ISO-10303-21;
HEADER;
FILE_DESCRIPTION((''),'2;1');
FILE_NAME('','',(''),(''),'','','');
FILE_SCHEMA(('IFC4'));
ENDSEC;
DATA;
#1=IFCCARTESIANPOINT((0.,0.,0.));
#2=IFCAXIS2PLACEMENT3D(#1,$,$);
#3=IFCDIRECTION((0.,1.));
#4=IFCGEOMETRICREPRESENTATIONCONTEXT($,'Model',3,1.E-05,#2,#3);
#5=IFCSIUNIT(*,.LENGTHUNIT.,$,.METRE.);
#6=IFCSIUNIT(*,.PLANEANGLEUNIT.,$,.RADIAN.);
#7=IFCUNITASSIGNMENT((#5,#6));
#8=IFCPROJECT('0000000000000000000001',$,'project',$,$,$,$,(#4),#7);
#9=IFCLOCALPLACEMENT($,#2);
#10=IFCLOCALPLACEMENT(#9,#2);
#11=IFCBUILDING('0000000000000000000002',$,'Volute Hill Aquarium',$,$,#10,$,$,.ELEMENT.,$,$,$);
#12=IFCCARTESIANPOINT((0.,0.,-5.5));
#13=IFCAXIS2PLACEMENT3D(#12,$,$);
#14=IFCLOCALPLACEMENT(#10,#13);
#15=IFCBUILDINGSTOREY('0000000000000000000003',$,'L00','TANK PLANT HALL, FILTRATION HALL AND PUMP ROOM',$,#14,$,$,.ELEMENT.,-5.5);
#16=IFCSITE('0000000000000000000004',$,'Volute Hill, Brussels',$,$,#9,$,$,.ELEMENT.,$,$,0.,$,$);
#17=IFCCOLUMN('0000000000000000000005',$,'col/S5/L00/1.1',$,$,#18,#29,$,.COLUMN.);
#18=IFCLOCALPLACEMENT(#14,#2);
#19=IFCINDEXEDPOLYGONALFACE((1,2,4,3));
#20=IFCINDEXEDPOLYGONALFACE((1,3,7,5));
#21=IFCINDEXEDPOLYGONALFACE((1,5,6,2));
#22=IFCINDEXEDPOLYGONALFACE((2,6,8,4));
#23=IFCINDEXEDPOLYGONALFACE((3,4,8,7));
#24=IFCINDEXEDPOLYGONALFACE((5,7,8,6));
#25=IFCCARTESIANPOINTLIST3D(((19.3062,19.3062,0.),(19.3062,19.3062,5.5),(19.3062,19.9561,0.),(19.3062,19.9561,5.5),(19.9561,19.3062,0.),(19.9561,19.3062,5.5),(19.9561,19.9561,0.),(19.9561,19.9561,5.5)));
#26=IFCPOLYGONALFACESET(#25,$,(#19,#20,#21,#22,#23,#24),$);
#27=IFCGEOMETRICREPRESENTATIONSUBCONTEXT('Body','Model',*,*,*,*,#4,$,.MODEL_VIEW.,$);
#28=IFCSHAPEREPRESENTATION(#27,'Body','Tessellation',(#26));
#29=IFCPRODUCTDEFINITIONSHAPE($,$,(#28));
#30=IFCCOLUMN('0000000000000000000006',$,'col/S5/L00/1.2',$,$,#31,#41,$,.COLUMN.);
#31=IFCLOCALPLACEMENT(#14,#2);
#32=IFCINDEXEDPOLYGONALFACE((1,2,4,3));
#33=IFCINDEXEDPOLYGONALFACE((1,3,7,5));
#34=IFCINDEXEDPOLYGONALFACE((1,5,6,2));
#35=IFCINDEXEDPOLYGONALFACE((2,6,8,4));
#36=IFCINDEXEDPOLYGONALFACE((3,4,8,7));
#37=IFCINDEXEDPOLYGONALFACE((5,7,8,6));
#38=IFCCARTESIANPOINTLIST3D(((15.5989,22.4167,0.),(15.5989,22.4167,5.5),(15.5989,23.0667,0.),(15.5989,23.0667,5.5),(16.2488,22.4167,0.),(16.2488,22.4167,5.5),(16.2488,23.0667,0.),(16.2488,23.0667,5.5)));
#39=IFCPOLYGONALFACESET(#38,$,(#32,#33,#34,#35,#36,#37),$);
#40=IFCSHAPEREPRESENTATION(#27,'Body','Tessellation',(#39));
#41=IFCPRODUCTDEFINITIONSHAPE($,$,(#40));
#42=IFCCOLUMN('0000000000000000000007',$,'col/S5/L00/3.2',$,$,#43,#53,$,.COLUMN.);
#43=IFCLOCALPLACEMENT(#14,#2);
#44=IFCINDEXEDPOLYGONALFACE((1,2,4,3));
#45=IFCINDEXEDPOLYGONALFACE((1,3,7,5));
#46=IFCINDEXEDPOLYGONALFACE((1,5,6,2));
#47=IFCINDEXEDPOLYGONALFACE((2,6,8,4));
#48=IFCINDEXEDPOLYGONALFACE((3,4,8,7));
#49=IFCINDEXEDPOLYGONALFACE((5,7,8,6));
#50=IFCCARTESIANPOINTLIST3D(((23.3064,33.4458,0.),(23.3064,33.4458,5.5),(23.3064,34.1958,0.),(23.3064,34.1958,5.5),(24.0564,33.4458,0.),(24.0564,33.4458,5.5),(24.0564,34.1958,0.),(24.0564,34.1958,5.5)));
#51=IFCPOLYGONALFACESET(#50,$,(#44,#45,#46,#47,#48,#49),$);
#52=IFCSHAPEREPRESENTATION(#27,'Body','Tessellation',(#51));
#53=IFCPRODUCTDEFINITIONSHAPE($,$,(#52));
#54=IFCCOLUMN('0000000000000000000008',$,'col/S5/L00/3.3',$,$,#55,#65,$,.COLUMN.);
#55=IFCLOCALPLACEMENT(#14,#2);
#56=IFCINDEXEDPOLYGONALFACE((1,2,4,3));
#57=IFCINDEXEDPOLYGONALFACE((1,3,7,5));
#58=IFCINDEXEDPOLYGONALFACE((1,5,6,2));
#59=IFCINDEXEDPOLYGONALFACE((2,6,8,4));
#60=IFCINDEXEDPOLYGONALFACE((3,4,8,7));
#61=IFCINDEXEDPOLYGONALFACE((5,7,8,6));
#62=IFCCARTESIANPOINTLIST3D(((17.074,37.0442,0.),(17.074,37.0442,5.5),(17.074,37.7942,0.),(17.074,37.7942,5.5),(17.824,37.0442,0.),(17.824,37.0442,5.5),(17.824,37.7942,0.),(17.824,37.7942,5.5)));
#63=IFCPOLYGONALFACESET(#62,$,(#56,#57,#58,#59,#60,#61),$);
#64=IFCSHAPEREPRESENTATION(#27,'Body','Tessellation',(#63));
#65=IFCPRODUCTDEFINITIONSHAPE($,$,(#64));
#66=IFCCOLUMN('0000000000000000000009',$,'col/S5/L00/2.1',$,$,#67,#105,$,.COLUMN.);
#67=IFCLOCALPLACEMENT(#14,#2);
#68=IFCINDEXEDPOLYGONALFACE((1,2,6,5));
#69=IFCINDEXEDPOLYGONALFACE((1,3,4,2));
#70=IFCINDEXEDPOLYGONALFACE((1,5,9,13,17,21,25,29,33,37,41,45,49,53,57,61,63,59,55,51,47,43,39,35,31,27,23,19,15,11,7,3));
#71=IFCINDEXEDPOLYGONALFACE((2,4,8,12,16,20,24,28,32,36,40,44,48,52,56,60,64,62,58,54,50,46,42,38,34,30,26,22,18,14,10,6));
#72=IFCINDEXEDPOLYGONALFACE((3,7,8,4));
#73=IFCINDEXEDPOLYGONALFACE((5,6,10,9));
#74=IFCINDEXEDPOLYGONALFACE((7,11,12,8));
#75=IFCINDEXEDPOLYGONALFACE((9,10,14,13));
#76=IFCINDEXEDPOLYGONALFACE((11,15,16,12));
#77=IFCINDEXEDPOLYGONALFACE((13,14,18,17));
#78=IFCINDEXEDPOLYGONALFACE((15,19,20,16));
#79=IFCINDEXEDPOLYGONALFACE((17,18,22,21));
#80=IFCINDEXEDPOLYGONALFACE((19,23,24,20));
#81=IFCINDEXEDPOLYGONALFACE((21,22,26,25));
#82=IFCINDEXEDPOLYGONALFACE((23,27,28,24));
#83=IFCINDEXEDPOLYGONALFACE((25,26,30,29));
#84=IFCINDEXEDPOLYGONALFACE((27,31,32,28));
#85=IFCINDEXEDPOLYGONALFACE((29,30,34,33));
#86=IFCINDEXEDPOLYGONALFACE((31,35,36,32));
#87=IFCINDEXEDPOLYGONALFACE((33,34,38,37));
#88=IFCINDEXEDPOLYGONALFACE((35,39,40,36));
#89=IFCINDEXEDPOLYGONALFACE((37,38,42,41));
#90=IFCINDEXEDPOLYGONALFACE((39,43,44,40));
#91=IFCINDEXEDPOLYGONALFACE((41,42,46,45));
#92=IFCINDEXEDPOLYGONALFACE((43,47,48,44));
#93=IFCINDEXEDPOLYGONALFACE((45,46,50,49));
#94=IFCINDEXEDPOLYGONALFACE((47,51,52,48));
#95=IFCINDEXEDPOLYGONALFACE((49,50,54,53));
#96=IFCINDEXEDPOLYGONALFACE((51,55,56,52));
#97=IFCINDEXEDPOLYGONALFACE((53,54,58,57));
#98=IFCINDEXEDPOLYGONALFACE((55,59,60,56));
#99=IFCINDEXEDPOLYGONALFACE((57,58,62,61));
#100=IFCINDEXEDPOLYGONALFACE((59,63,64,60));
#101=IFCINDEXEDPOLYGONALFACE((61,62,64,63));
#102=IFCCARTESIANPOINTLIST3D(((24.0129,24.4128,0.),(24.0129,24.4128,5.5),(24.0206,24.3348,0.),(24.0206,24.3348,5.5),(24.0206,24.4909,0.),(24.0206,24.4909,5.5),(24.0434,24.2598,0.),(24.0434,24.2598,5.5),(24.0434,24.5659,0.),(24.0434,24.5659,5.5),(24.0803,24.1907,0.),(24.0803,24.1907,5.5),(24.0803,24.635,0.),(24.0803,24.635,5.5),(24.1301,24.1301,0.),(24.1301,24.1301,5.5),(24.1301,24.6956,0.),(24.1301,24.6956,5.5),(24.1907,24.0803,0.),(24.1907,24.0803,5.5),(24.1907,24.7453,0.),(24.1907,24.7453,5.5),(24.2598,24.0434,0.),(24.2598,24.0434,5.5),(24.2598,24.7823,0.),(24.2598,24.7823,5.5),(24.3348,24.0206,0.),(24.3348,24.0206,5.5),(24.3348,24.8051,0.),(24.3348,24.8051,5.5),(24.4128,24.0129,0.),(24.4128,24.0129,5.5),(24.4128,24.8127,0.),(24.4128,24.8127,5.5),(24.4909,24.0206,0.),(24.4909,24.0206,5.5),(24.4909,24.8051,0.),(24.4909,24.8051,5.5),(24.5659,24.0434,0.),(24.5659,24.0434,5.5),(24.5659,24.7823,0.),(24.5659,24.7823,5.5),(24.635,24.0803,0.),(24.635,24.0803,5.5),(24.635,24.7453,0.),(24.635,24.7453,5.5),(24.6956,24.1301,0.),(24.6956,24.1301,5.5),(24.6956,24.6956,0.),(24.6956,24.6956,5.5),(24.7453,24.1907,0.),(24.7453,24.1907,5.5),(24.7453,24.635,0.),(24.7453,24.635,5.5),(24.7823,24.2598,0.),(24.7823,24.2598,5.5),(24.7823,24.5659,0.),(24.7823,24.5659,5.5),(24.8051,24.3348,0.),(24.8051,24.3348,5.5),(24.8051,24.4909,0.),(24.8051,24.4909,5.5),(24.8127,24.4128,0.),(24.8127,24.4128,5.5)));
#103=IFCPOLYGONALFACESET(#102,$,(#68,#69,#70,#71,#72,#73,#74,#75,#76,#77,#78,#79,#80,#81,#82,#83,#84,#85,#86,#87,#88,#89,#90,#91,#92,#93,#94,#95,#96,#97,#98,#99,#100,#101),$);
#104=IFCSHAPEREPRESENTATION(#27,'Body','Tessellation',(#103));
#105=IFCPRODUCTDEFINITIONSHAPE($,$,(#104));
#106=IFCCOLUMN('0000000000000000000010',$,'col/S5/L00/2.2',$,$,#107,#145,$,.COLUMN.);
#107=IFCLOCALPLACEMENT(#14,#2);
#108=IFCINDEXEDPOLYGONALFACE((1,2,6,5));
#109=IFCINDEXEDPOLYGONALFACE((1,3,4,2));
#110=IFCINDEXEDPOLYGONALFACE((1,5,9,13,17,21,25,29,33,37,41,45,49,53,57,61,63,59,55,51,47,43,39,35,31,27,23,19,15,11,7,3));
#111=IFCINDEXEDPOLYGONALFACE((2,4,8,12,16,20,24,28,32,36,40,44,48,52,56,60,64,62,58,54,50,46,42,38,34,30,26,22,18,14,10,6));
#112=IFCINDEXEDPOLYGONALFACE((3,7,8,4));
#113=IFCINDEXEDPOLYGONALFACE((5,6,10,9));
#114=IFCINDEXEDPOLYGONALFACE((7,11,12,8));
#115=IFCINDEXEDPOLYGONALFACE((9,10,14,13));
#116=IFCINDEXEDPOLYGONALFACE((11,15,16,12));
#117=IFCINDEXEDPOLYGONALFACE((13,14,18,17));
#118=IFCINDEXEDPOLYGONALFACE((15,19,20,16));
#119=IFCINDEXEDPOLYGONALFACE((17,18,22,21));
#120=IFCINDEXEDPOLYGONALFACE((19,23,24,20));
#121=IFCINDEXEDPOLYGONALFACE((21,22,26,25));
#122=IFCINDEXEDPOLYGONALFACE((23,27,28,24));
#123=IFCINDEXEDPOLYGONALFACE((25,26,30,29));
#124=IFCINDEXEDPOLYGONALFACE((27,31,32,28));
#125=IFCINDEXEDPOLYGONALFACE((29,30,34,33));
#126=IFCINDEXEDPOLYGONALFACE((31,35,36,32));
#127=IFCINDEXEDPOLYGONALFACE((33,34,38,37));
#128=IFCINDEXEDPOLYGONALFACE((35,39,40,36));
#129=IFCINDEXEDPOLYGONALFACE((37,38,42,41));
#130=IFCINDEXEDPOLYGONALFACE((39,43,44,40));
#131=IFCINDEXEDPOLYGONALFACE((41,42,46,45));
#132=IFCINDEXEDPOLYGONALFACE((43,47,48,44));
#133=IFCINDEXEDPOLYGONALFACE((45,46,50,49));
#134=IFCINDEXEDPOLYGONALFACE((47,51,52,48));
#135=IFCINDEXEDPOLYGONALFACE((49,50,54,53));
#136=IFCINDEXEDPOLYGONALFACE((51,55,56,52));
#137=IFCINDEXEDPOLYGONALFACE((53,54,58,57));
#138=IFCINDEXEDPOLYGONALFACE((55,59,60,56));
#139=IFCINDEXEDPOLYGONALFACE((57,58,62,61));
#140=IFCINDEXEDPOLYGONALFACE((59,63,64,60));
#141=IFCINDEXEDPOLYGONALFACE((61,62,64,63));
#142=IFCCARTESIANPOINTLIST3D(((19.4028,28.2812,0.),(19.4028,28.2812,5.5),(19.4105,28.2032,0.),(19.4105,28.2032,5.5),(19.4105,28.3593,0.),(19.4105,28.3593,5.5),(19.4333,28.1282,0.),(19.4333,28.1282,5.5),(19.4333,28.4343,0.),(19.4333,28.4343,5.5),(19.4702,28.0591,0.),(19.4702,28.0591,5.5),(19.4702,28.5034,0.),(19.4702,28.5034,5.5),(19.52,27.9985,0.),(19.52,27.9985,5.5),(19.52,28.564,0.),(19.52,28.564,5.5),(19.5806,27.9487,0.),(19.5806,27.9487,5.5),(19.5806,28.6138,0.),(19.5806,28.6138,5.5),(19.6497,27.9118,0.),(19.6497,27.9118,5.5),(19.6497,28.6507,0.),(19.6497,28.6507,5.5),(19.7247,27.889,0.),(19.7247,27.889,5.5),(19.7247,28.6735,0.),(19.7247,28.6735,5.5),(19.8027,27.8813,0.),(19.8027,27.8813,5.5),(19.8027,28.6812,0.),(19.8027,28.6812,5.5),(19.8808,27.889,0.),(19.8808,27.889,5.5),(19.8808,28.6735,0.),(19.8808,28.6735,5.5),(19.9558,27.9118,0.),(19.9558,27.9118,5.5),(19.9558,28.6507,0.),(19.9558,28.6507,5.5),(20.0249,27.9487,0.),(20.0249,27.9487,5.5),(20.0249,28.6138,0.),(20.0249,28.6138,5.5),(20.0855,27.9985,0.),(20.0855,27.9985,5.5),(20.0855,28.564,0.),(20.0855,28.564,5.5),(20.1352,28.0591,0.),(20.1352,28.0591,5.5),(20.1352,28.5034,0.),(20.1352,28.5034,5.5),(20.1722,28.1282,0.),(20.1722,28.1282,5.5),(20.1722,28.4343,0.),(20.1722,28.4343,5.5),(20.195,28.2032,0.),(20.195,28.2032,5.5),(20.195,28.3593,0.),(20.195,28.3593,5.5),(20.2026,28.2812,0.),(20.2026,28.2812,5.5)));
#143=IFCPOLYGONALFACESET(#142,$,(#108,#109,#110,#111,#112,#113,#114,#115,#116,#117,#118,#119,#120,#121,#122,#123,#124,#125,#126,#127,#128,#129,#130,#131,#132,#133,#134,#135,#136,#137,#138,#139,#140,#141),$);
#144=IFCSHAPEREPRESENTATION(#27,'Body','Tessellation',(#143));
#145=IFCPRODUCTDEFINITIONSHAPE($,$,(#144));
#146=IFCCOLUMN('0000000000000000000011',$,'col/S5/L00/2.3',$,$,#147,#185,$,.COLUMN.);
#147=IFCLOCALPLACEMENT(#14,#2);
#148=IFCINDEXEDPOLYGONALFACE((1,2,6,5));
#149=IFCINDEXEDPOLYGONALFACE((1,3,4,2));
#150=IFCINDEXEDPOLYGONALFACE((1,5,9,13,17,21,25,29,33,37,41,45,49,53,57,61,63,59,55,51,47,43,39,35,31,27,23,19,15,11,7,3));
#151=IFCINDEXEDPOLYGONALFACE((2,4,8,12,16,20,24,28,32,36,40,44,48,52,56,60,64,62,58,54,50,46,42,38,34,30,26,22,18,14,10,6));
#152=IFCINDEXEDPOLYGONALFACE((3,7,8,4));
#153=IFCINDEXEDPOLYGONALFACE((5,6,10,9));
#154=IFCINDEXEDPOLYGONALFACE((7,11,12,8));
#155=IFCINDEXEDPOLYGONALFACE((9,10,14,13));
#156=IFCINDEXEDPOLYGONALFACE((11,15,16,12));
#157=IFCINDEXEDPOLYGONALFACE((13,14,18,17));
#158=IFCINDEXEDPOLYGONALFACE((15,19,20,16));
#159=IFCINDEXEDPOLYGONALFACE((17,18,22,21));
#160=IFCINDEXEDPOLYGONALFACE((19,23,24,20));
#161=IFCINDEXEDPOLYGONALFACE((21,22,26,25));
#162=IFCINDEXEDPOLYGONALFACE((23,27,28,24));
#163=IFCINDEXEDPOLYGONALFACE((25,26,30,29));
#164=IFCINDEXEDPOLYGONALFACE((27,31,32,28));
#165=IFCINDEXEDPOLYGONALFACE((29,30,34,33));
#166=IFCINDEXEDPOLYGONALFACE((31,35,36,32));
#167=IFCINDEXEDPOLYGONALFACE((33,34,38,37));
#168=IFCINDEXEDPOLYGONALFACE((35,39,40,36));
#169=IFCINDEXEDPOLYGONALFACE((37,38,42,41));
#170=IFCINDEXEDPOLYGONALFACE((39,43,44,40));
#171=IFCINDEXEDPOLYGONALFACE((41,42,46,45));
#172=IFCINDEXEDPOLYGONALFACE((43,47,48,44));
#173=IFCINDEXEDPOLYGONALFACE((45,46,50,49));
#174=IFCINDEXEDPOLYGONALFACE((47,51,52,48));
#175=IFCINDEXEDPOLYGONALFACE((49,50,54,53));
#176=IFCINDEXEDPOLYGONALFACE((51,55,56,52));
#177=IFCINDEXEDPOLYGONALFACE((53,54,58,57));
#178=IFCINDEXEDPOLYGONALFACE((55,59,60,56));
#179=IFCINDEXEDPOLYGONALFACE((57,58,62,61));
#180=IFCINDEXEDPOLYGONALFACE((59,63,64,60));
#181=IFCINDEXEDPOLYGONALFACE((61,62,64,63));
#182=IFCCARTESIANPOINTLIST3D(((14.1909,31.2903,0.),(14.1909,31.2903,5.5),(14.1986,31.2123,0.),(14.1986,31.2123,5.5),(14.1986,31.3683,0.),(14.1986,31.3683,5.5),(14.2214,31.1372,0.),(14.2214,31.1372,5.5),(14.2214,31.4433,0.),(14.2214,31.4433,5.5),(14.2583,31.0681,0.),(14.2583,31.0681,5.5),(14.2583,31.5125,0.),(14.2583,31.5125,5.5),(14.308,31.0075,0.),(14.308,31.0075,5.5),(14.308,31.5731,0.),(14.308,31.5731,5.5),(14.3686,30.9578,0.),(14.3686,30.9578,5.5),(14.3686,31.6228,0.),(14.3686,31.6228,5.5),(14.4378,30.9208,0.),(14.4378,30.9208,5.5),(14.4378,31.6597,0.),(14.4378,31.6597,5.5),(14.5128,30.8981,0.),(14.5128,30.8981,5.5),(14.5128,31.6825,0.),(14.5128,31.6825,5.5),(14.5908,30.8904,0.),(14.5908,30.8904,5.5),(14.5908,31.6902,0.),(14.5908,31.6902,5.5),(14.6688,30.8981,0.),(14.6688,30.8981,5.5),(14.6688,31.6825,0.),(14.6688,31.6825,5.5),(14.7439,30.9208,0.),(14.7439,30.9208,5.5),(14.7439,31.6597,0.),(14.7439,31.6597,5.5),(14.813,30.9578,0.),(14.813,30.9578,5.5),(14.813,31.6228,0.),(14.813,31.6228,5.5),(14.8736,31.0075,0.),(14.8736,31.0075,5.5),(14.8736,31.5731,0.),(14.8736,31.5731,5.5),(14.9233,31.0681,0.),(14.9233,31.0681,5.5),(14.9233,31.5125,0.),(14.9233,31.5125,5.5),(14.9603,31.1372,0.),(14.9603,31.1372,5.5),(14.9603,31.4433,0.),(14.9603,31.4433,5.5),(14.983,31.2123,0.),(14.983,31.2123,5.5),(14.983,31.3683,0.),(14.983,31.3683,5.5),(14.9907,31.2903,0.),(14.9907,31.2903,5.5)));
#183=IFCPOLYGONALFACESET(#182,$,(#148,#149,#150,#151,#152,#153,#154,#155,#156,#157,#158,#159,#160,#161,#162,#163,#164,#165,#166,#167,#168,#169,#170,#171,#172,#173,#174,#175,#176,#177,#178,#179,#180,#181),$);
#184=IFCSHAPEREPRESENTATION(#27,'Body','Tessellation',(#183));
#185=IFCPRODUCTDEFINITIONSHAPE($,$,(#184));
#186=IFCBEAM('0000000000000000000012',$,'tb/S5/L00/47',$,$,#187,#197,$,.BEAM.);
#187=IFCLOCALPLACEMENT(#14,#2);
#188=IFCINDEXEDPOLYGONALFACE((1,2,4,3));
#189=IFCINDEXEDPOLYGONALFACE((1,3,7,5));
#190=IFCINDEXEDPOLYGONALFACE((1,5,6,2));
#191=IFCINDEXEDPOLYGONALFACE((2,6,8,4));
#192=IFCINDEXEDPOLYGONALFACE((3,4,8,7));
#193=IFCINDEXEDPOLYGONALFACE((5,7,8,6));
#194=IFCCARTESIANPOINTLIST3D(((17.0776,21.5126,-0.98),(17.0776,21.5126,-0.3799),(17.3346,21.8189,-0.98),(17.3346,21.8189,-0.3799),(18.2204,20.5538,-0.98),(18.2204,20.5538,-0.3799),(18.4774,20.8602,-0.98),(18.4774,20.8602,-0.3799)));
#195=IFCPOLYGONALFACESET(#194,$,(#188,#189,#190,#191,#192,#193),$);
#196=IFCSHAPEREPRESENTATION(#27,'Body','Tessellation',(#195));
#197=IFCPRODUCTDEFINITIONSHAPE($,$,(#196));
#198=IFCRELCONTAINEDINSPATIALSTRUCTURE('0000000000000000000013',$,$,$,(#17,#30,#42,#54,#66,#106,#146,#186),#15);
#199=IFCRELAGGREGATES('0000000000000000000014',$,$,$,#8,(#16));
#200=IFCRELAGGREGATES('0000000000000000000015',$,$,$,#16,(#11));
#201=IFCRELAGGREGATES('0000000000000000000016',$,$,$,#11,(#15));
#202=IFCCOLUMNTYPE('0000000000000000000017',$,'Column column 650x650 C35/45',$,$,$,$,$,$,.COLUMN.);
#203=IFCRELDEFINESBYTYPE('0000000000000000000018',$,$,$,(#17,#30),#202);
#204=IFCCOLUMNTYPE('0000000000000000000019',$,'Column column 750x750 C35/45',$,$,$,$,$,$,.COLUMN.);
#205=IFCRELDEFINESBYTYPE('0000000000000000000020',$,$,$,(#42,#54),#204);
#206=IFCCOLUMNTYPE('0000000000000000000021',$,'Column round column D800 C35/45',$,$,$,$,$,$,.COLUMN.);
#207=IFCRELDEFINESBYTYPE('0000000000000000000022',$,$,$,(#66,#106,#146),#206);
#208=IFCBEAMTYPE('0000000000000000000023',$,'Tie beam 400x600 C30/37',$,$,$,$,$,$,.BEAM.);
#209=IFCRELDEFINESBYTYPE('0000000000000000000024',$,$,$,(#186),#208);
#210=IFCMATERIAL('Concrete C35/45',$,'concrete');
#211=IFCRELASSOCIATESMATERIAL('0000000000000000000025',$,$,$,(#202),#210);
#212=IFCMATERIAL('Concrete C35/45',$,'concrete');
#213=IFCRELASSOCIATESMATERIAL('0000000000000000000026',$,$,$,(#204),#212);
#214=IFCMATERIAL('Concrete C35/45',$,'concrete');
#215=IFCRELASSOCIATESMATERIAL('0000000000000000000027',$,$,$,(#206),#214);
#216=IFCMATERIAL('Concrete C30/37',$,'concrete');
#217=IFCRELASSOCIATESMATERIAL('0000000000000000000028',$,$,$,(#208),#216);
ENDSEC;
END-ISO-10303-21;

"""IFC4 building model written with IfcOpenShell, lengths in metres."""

from ifc_helpers import new_model, si_unit, direction, frame, origin, origin_2d, place, context, subcontext, project, spatial, rectangle, circle, extrude, material, material_profile, profile_set, type_object, element, save


model = new_model("IFC4")

# Units and contexts
model_context = context("Model", 3, precision=1e-05, world=origin(), true_north=direction((0.0, 1.0)))
body_context = subcontext(model_context, "Body", "Model", "MODEL_VIEW")
ifc_project = project(units=[si_unit("LENGTHUNIT", "METRE"), si_unit("PLANEANGLEUNIT", "RADIAN")], contexts=[model_context])

# Site, building, storey
site_placement = place(None, origin())
site = spatial("IfcSite", under=ifc_project, at=site_placement, Name="Volute Hill, Brussels", CompositionType="ELEMENT", RefElevation=0.0)
building_placement = place(site_placement, origin())
building = spatial("IfcBuilding", under=site, at=building_placement, Name="Volute Hill Aquarium", CompositionType="ELEMENT")
storey_placement = place(building_placement, frame((0.0, 0.0, -5.5)))
storey = spatial("IfcBuildingStorey", under=building, at=storey_placement, Name="L00", Description="TANK PLANT HALL, FILTRATION HALL AND PUMP ROOM", CompositionType="ELEMENT", Elevation=-5.5)

# Columns
ifc_material_1 = material(Name="Concrete C35/45", Category="concrete")
ifc_material_profile_1 = material_profile(ifc_material_1, rectangle(XDim=0.6499, YDim=0.6499, at=origin_2d()), Name="RC column 650x650")
ifc_profile_set_1 = profile_set([ifc_material_profile_1], Name="Concrete C35/45")
column_type_1 = type_object("IfcColumnType", Name="Column column 650x650 C35/45", PredefinedType="COLUMN", material=ifc_profile_set_1)
for number, where, z_axis, x_axis, name in (
    (1, (19.6311, 19.6311, 0.0), (0.0, 0.0, 1.0), (1.0, 0.0, 0.0), "col/S5/L00/1.1"),
    (2, (15.9238, 22.7417, 0.0), (0.0, 0.0, 1.0), (1.0, 0.0, 0.0), "col/S5/L00/1.2"),
):
    element("IfcColumn", number, at=place(storey_placement, frame(where, z_axis=z_axis, x_axis=x_axis)), inside=storey, type_object=column_type_1, Name=name, PredefinedType="COLUMN", context=body_context, shape_type="SweptSolid", body=[
        extrude(rectangle(XDim=0.6499, YDim=0.6499, at=origin_2d()), origin(), (0.0, 0.0, 1.0), 5.5),
    ])
ifc_material_2 = material(Name="Concrete C35/45", Category="concrete")
ifc_material_profile_2 = material_profile(ifc_material_2, rectangle(XDim=0.75, YDim=0.75, at=origin_2d()), Name="RC column 750x750")
ifc_profile_set_2 = profile_set([ifc_material_profile_2], Name="Concrete C35/45")
column_type_2 = type_object("IfcColumnType", Name="Column column 750x750 C35/45", PredefinedType="COLUMN", material=ifc_profile_set_2)
for number, where, z_axis, x_axis, name in (
    (3, (23.6814, 33.8208, 0.0), (0.0, 0.0, 1.0), (1.0, 0.0, 0.0), "col/S5/L00/3.2"),
    (4, (17.449, 37.4192, 0.0), (0.0, 0.0, 1.0), (1.0, 0.0, 0.0), "col/S5/L00/3.3"),
):
    element("IfcColumn", number, at=place(storey_placement, frame(where, z_axis=z_axis, x_axis=x_axis)), inside=storey, type_object=column_type_2, Name=name, PredefinedType="COLUMN", context=body_context, shape_type="SweptSolid", body=[
        extrude(rectangle(XDim=0.75, YDim=0.75, at=origin_2d()), origin(), (0.0, 0.0, 1.0), 5.5),
    ])
ifc_material_3 = material(Name="Concrete C35/45", Category="concrete")
ifc_material_profile_3 = material_profile(ifc_material_3, circle(Radius=0.3999, at=origin_2d()), Name="RC round column D800")
ifc_profile_set_3 = profile_set([ifc_material_profile_3], Name="Concrete C35/45")
column_type_3 = type_object("IfcColumnType", Name="Column round column D800 C35/45", PredefinedType="COLUMN", material=ifc_profile_set_3)
for number, where, z_axis, x_axis, name in (
    (5, (24.4128, 24.4128, 0.0), (0.0, 0.0, 1.0), (1.0, 0.0, 0.0), "col/S5/L00/2.1"),
    (6, (19.8027, 28.2812, 0.0), (0.0, 0.0, 1.0), (1.0, 0.0, 0.0), "col/S5/L00/2.2"),
    (7, (14.5908, 31.2903, 0.0), (0.0, 0.0, 1.0), (1.0, 0.0, 0.0), "col/S5/L00/2.3"),
):
    element("IfcColumn", number, at=place(storey_placement, frame(where, z_axis=z_axis, x_axis=x_axis)), inside=storey, type_object=column_type_3, Name=name, PredefinedType="COLUMN", context=body_context, shape_type="SweptSolid", body=[
        extrude(circle(Radius=0.3999, at=origin_2d()), origin(), (0.0, 0.0, 1.0), 5.5),
    ])

# Beam
ifc_material_4 = material(Name="Concrete C30/37", Category="concrete")
ifc_material_profile_4 = material_profile(ifc_material_4, rectangle(XDim=0.3999, YDim=0.6001, at=origin_2d()), Name="RC tie beam 400x600")
ifc_profile_set_4 = profile_set([ifc_material_profile_4], Name="Concrete C30/37")
beam_type = type_object("IfcBeamType", Name="Tie beam 400x600 C30/37", PredefinedType="BEAM", material=ifc_profile_set_4)
beam_1_placement = place(storey_placement, frame((18.3489, 20.707, -0.6799), z_axis=(-0.766111, 0.642708, 0.0), x_axis=(-0.642708, -0.766111, 0.0)))
element("IfcBeam", 8, at=beam_1_placement, inside=storey, type_object=beam_type, Name="tb/S5/L00/47", PredefinedType="BEAM", context=body_context, shape_type="SweptSolid", body=[
    extrude(rectangle(XDim=0.3999, YDim=0.6001, at=origin_2d()), origin(), (0.0, 0.0, 1.0), 1.4917),
])

save(model, "model.ifc")
